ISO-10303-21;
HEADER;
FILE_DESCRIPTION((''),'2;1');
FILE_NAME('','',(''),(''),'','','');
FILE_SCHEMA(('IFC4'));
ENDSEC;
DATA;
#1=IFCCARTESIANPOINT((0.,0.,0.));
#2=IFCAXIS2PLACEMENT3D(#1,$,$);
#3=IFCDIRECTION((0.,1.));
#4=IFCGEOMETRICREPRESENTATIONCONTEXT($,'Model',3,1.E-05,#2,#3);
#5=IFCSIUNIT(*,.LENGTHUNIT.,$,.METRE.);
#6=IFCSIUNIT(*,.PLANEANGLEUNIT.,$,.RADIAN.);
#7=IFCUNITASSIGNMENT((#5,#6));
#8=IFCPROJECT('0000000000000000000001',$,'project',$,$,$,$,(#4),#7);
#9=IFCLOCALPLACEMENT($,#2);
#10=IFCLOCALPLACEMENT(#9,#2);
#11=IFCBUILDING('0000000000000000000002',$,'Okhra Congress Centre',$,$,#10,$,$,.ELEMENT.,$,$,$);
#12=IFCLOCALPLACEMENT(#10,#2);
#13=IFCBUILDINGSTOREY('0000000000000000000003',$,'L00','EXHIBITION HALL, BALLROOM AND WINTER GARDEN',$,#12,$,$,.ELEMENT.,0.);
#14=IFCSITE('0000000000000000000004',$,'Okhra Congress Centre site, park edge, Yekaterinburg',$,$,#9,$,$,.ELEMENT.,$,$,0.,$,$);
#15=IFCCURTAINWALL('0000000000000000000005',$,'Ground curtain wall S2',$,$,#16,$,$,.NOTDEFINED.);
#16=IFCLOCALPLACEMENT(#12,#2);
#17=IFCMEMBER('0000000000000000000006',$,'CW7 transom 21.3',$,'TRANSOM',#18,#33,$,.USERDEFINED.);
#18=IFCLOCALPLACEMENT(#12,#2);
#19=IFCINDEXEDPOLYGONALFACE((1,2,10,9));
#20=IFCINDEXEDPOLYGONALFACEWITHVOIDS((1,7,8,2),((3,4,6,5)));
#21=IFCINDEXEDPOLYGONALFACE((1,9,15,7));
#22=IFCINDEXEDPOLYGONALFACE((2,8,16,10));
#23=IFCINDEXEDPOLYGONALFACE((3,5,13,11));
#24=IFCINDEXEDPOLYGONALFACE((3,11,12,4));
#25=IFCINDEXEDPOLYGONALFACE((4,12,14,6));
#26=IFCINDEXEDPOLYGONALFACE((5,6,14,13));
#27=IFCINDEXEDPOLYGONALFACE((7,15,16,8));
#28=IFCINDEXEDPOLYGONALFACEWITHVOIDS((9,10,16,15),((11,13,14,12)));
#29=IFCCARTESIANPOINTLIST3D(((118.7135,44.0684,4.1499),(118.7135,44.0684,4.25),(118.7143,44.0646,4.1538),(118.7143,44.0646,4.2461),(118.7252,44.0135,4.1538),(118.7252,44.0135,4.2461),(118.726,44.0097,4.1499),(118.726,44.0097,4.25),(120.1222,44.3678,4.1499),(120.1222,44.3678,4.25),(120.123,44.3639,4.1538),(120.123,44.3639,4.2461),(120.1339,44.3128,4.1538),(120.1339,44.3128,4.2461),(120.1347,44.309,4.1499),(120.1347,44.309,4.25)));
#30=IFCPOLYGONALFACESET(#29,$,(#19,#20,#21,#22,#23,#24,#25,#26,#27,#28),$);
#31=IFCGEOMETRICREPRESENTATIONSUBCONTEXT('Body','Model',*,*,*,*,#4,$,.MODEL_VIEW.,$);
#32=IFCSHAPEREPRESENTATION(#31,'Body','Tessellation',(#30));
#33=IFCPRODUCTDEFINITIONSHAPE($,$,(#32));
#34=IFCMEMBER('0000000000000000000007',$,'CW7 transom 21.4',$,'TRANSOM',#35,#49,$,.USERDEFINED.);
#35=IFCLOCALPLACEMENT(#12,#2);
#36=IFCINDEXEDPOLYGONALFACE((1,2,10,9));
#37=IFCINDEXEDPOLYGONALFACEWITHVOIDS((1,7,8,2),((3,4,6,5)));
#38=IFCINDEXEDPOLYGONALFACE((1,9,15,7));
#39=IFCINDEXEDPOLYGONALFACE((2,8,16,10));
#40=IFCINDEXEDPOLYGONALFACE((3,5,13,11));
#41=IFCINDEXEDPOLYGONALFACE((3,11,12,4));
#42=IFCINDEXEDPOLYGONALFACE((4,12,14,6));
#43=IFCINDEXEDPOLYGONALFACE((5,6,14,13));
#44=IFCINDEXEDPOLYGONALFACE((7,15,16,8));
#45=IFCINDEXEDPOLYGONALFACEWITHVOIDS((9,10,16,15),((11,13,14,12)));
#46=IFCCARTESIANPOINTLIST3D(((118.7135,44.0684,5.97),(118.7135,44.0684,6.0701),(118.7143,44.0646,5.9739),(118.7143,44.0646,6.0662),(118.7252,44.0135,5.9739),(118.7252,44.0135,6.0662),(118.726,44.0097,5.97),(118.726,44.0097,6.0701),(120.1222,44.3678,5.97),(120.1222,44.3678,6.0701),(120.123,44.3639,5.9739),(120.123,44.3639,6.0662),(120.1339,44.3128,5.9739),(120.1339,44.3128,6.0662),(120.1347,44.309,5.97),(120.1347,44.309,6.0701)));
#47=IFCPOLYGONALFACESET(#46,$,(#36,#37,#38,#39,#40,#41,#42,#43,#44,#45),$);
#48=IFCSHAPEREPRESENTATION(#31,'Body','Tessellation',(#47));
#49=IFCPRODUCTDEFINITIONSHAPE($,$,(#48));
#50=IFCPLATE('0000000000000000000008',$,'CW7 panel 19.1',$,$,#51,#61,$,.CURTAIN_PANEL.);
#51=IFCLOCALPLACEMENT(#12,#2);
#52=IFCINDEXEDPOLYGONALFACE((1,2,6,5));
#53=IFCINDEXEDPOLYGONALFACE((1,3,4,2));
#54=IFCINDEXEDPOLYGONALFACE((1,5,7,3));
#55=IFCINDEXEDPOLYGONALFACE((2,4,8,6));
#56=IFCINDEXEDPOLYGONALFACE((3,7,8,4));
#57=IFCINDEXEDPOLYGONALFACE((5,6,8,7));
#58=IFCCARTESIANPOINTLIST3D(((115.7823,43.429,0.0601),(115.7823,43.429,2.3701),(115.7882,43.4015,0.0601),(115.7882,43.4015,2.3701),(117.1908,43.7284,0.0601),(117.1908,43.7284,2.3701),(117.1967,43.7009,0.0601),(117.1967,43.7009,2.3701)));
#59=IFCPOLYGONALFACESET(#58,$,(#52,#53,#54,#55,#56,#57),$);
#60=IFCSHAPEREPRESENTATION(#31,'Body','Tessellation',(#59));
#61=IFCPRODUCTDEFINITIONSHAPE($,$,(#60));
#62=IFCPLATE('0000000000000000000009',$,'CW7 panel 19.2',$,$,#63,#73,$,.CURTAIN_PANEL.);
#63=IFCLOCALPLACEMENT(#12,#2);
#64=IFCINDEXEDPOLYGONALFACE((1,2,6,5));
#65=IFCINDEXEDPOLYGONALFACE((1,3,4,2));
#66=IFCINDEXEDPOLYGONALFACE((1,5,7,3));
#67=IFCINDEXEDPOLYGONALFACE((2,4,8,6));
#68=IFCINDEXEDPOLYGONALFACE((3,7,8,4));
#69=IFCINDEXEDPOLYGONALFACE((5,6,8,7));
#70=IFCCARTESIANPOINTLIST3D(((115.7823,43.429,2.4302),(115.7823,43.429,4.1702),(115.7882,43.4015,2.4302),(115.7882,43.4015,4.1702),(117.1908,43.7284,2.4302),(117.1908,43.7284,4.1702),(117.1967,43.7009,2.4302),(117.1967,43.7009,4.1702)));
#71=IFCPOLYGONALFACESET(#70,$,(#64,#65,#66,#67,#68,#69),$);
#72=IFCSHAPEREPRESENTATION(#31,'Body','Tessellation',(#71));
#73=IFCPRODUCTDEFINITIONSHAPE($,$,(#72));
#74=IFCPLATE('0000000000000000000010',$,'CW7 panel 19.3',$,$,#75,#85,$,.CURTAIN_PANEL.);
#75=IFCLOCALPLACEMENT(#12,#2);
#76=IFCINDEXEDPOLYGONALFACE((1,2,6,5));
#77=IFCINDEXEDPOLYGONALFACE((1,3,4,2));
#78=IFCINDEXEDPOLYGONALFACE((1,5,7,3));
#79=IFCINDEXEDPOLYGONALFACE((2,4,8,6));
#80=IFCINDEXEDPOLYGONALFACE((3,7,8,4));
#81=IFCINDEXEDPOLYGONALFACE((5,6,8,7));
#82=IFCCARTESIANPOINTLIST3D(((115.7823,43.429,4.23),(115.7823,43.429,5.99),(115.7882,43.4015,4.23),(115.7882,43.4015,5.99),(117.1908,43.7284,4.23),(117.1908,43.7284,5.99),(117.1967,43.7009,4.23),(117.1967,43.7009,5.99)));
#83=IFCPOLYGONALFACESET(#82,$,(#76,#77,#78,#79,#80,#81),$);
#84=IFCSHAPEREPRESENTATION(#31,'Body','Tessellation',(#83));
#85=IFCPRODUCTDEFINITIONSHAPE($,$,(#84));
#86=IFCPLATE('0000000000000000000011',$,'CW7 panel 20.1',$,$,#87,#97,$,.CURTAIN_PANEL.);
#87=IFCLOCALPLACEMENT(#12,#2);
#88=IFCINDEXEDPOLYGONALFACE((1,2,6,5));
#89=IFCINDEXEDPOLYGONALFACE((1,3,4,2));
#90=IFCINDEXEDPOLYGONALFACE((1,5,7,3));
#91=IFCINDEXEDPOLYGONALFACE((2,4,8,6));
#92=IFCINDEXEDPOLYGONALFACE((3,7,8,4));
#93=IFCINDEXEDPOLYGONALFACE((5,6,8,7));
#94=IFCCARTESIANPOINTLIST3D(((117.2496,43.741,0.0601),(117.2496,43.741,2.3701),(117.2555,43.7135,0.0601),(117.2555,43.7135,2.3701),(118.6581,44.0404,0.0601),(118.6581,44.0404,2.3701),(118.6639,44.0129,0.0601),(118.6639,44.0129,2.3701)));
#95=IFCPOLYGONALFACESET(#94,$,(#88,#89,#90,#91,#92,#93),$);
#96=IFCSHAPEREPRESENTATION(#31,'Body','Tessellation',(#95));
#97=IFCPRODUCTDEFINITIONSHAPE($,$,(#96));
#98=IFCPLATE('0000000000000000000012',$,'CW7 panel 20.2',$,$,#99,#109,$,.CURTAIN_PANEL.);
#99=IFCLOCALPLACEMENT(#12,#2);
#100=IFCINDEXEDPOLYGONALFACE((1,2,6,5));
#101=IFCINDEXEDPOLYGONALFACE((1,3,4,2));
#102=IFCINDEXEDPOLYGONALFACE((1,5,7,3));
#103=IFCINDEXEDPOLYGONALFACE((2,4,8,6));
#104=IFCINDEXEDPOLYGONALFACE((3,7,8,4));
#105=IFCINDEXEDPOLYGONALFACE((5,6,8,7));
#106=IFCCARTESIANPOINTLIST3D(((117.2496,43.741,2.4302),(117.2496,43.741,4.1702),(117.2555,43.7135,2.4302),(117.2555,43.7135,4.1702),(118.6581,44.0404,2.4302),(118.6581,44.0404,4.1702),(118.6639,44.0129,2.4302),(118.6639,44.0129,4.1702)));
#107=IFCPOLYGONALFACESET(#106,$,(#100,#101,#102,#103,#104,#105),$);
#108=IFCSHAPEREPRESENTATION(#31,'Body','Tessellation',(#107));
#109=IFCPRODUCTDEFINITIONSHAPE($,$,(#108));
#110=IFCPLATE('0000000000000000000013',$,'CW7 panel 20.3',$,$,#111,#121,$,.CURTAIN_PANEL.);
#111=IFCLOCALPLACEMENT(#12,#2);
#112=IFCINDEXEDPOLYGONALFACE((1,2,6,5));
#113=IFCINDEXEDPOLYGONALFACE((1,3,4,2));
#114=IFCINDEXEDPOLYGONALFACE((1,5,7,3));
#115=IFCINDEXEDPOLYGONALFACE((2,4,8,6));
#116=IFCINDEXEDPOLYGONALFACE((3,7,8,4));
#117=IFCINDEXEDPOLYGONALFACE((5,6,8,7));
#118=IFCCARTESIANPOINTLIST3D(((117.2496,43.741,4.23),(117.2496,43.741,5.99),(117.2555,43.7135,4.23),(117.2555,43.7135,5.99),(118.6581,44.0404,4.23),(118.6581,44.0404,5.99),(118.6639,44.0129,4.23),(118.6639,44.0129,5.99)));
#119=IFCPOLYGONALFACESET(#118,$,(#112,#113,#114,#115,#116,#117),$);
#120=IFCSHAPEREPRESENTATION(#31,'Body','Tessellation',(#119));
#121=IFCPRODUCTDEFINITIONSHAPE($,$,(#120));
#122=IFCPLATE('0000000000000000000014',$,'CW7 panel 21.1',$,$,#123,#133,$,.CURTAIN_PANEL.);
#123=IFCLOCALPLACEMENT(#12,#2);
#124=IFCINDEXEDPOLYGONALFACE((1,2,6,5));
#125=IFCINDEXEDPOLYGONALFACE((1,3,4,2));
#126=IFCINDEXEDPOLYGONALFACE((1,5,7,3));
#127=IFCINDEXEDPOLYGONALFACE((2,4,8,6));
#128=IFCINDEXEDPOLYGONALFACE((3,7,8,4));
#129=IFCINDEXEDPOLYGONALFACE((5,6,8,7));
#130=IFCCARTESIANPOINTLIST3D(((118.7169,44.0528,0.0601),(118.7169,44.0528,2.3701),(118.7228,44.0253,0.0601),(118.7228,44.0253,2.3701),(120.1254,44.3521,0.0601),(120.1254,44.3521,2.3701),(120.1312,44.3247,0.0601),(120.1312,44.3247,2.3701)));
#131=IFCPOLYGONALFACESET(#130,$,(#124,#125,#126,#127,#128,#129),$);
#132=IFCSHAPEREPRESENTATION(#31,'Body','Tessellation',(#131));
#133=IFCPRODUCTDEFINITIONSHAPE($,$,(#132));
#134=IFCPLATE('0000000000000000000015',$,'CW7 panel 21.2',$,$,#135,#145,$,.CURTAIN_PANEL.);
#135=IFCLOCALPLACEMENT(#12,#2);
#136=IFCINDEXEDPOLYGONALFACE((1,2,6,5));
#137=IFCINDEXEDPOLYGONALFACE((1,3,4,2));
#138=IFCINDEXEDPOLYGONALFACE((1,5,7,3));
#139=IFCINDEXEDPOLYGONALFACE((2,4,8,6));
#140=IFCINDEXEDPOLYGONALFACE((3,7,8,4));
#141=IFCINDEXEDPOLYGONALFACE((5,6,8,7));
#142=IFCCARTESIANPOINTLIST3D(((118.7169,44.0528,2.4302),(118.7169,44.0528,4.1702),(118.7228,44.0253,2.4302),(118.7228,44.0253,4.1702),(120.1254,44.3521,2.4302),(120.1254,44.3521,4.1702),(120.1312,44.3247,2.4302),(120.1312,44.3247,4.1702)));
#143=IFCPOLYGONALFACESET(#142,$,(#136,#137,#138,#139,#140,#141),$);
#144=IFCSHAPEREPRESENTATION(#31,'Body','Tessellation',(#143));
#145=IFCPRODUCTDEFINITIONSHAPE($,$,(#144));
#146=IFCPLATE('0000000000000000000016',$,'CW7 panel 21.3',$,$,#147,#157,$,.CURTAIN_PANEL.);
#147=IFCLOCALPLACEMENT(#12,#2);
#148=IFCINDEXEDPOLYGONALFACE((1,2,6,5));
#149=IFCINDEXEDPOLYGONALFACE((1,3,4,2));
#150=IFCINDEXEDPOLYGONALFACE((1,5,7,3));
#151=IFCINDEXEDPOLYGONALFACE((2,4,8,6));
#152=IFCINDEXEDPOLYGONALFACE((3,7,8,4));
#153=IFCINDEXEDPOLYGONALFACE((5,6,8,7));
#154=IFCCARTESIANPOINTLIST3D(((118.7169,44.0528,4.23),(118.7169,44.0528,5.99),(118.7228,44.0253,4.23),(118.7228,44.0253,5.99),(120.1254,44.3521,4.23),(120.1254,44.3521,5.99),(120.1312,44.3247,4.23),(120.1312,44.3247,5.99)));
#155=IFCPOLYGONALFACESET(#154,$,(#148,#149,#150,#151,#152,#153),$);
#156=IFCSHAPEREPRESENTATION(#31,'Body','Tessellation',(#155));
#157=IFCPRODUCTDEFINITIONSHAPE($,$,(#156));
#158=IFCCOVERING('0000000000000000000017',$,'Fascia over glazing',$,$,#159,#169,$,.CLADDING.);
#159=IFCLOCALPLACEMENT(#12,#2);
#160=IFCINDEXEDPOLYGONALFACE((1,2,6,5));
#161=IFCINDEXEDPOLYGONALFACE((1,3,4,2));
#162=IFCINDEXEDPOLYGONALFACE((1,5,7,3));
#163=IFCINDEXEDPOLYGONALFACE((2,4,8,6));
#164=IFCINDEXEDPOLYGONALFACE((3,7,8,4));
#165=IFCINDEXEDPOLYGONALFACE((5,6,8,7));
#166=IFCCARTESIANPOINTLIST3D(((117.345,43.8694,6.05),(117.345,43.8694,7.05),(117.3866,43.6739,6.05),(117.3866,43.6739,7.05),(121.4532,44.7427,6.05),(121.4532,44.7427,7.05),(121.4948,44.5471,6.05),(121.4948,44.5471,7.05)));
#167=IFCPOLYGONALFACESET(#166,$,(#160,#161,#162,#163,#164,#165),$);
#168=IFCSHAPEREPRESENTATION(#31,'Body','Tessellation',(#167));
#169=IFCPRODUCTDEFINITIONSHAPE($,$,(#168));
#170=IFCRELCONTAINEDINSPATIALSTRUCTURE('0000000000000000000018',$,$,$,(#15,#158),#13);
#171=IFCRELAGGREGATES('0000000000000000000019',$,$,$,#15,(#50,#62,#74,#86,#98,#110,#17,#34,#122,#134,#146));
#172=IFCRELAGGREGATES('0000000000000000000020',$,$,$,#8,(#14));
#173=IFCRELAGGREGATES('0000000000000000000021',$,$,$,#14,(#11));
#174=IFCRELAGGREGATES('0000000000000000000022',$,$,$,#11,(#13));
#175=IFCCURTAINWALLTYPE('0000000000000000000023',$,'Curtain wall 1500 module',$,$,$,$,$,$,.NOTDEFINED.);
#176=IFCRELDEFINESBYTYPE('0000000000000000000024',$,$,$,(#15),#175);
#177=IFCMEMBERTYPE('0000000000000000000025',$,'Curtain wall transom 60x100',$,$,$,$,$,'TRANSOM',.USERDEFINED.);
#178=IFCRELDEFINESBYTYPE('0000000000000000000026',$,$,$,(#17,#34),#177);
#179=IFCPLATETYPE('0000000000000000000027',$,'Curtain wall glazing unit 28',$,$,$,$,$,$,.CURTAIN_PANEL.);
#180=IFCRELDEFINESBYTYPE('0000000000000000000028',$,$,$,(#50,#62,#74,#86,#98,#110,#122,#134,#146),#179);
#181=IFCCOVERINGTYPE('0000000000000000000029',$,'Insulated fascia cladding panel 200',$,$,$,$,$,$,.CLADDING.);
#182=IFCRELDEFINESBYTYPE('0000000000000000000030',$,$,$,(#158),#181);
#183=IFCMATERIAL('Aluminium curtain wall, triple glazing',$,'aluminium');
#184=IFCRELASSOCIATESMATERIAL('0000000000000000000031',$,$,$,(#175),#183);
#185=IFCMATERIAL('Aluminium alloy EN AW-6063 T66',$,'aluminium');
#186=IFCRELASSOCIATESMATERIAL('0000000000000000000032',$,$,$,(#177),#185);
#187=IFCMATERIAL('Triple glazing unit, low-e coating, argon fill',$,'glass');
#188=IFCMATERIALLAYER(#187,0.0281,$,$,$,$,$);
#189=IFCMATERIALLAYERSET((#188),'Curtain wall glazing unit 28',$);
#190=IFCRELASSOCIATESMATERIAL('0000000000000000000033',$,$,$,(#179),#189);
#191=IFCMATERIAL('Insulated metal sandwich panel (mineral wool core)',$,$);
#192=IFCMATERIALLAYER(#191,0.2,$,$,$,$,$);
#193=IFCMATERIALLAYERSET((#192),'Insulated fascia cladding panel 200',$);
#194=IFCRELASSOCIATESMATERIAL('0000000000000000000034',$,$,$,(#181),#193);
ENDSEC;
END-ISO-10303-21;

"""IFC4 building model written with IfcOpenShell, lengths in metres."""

from ifc_helpers import new_model, si_unit, direction, frame, origin, origin_2d, place, context, subcontext, project, spatial, rectangle, hollow_rectangle, extrude, material, layer, layer_set, material_profile, profile_set, type_object, element, aggregate, save


model = new_model("IFC4")

# Units and contexts
model_context = context("Model", 3, precision=1e-05, world=origin(), true_north=direction((0.0, 1.0)))
body_context = subcontext(model_context, "Body", "Model", "MODEL_VIEW")
ifc_project = project(units=[si_unit("LENGTHUNIT", "METRE"), si_unit("PLANEANGLEUNIT", "RADIAN")], contexts=[model_context])

# Site, building, storey
site_placement = place(None, origin())
site = spatial("IfcSite", under=ifc_project, at=site_placement, Name="Okhra Congress Centre site, park edge, Yekaterinburg", CompositionType="ELEMENT", RefElevation=0.0)
building_placement = place(site_placement, origin())
building = spatial("IfcBuilding", under=site, at=building_placement, Name="Okhra Congress Centre", CompositionType="ELEMENT")
storey_placement = place(building_placement, origin())
storey = spatial("IfcBuildingStorey", under=building, at=storey_placement, Name="L00", Description="EXHIBITION HALL, BALLROOM AND WINTER GARDEN", CompositionType="ELEMENT", Elevation=0.0)

# Curtain wall, members, plates
ifc_material_1 = material(Name="Aluminium curtain wall, triple glazing", Category="aluminium")
curtain_wall_type = type_object("IfcCurtainWallType", Name="Curtain wall 1500 module", PredefinedType="NOTDEFINED", material=ifc_material_1)
curtain_wall_placement = place(storey_placement, origin())
curtain_wall = element("IfcCurtainWall", 1, at=curtain_wall_placement, inside=storey, type_object=curtain_wall_type, Name="Ground curtain wall S2", PredefinedType="NOTDEFINED")
ifc_material_2 = material(Name="Aluminium alloy EN AW-6063 T66", Category="aluminium")
ifc_material_profile_1 = material_profile(ifc_material_2, hollow_rectangle(XDim=0.0601, YDim=0.1001, WallThickness=0.0039, at=origin_2d()), Name="RHS 60x100x4")
ifc_profile_set_1 = profile_set([ifc_material_profile_1], Name="Aluminium alloy EN AW-6063 T66")
member_type_1 = type_object("IfcMemberType", Name="Curtain wall transom 60x100", ElementType="TRANSOM", PredefinedType="USERDEFINED", material=ifc_profile_set_1)
member_1_placement = place(storey_placement, frame((118.7197, 44.0391, 4.2), z_axis=(0.978163, 0.207838, 0.0), x_axis=(-0.207838, 0.978163, 0.0)))
member_1 = element("IfcMember", 2, at=member_1_placement, type_object=member_type_1, Name="CW7 transom 21.3", ObjectType="TRANSOM", PredefinedType="USERDEFINED", context=body_context, shape_type="SweptSolid", body=[
    extrude(hollow_rectangle(XDim=0.0601, YDim=0.1001, WallThickness=0.0039, at=origin_2d()), origin(), (0.0, 0.0, 1.0), 1.4402),
])
member_2_placement = place(storey_placement, frame((118.7197, 44.0391, 6.02), z_axis=(0.978163, 0.207838, 0.0), x_axis=(-0.207838, 0.978163, 0.0)))
member_2 = element("IfcMember", 3, at=member_2_placement, type_object=member_type_1, Name="CW7 transom 21.4", ObjectType="TRANSOM", PredefinedType="USERDEFINED", context=body_context, shape_type="SweptSolid", body=[
    extrude(hollow_rectangle(XDim=0.0601, YDim=0.1001, WallThickness=0.0039, at=origin_2d()), origin(), (0.0, 0.0, 1.0), 1.4402),
])
ifc_material_3 = material(Name="Triple glazing unit, low-e coating, argon fill", Category="glass")
ifc_layer_1 = layer(ifc_material_3, 0.0281)
ifc_layer_set_1 = layer_set([ifc_layer_1], Name="Curtain wall glazing unit 28")
plate_type = type_object("IfcPlateType", Name="Curtain wall glazing unit 28", PredefinedType="CURTAIN_PANEL", material=ifc_layer_set_1)
plate_1_placement = place(storey_placement, frame((116.4895, 43.5649, 0.0601), z_axis=(0.0, 0.0, 1.0), x_axis=(0.978148, 0.207912, 0.0)))
plate_1 = element("IfcPlate", 4, at=plate_1_placement, type_object=plate_type, Name="CW7 panel 19.1", PredefinedType="CURTAIN_PANEL", context=body_context, shape_type="SweptSolid", body=[
    extrude(rectangle(XDim=1.4399, YDim=0.0281, at=origin_2d()), origin(), (0.0, 0.0, 1.0), 2.3101),
])
plate_2_placement = place(storey_placement, frame((116.4895, 43.5649, 2.4302), z_axis=(0.0, 0.0, 1.0), x_axis=(0.978148, 0.207912, 0.0)))
plate_2 = element("IfcPlate", 5, at=plate_2_placement, type_object=plate_type, Name="CW7 panel 19.2", PredefinedType="CURTAIN_PANEL", context=body_context, shape_type="SweptSolid", body=[
    extrude(rectangle(XDim=1.4399, YDim=0.0281, at=origin_2d()), origin(), (0.0, 0.0, 1.0), 1.74),
])
plate_3_placement = place(storey_placement, frame((116.4895, 43.5649, 4.23), z_axis=(0.0, 0.0, 1.0), x_axis=(0.978148, 0.207912, 0.0)))
plate_3 = element("IfcPlate", 6, at=plate_3_placement, type_object=plate_type, Name="CW7 panel 19.3", PredefinedType="CURTAIN_PANEL", context=body_context, shape_type="SweptSolid", body=[
    extrude(rectangle(XDim=1.4399, YDim=0.0281, at=origin_2d()), origin(), (0.0, 0.0, 1.0), 1.76),
])
plate_4_placement = place(storey_placement, frame((117.9568, 43.877, 0.0601), z_axis=(0.0, 0.0, 1.0), x_axis=(0.978148, 0.207912, 0.0)))
plate_4 = element("IfcPlate", 7, at=plate_4_placement, type_object=plate_type, Name="CW7 panel 20.1", PredefinedType="CURTAIN_PANEL", context=body_context, shape_type="SweptSolid", body=[
    extrude(rectangle(XDim=1.4399, YDim=0.0281, at=origin_2d()), origin(), (0.0, 0.0, 1.0), 2.3101),
])
plate_5_placement = place(storey_placement, frame((117.9568, 43.877, 2.4302), z_axis=(0.0, 0.0, 1.0), x_axis=(0.978148, 0.207912, 0.0)))
plate_5 = element("IfcPlate", 8, at=plate_5_placement, type_object=plate_type, Name="CW7 panel 20.2", PredefinedType="CURTAIN_PANEL", context=body_context, shape_type="SweptSolid", body=[
    extrude(rectangle(XDim=1.4399, YDim=0.0281, at=origin_2d()), origin(), (0.0, 0.0, 1.0), 1.74),
])
plate_6_placement = place(storey_placement, frame((117.9568, 43.877, 4.23), z_axis=(0.0, 0.0, 1.0), x_axis=(0.978148, 0.207912, 0.0)))
plate_6 = element("IfcPlate", 9, at=plate_6_placement, type_object=plate_type, Name="CW7 panel 20.3", PredefinedType="CURTAIN_PANEL", context=body_context, shape_type="SweptSolid", body=[
    extrude(rectangle(XDim=1.4399, YDim=0.0281, at=origin_2d()), origin(), (0.0, 0.0, 1.0), 1.76),
])
plate_7_placement = place(storey_placement, frame((119.4241, 44.1887, 0.0601), z_axis=(0.0, 0.0, 1.0), x_axis=(0.978148, 0.207912, 0.0)))
plate_7 = element("IfcPlate", 10, at=plate_7_placement, type_object=plate_type, Name="CW7 panel 21.1", PredefinedType="CURTAIN_PANEL", context=body_context, shape_type="SweptSolid", body=[
    extrude(rectangle(XDim=1.4399, YDim=0.0281, at=origin_2d()), origin(), (0.0, 0.0, 1.0), 2.3101),
])
plate_8_placement = place(storey_placement, frame((119.4241, 44.1887, 2.4302), z_axis=(0.0, 0.0, 1.0), x_axis=(0.978148, 0.207912, 0.0)))
plate_8 = element("IfcPlate", 11, at=plate_8_placement, type_object=plate_type, Name="CW7 panel 21.2", PredefinedType="CURTAIN_PANEL", context=body_context, shape_type="SweptSolid", body=[
    extrude(rectangle(XDim=1.4399, YDim=0.0281, at=origin_2d()), origin(), (0.0, 0.0, 1.0), 1.74),
])
plate_9_placement = place(storey_placement, frame((119.4241, 44.1887, 4.23), z_axis=(0.0, 0.0, 1.0), x_axis=(0.978148, 0.207912, 0.0)))
plate_9 = element("IfcPlate", 12, at=plate_9_placement, type_object=plate_type, Name="CW7 panel 21.3", PredefinedType="CURTAIN_PANEL", context=body_context, shape_type="SweptSolid", body=[
    extrude(rectangle(XDim=1.4399, YDim=0.0281, at=origin_2d()), origin(), (0.0, 0.0, 1.0), 1.76),
])
aggregate(curtain_wall, [plate_1, plate_2, plate_3, plate_4, plate_5, plate_6, member_1, member_2, plate_7, plate_8, plate_9])

# Covering
ifc_material_4 = material(Name="Insulated metal sandwich panel (mineral wool core)")
ifc_layer_2 = layer(ifc_material_4, 0.2)
ifc_layer_set_2 = layer_set([ifc_layer_2], Name="Insulated fascia cladding panel 200")
covering_type = type_object("IfcCoveringType", Name="Insulated fascia cladding panel 200", PredefinedType="CLADDING", material=ifc_layer_set_2)
covering_placement = place(storey_placement, frame((119.4199, 44.2083, 6.05), z_axis=(0.0, 0.0, 1.0), x_axis=(0.978148, 0.207912, 0.0)))
element("IfcCovering", 13, at=covering_placement, inside=storey, type_object=covering_type, Name="Fascia over glazing", PredefinedType="CLADDING", context=body_context, shape_type="SweptSolid", body=[
    extrude(rectangle(XDim=4.2, YDim=0.2, at=origin_2d()), origin(), (0.0, 0.0, 1.0), 1.0),
])

save(model, "model.ifc")
